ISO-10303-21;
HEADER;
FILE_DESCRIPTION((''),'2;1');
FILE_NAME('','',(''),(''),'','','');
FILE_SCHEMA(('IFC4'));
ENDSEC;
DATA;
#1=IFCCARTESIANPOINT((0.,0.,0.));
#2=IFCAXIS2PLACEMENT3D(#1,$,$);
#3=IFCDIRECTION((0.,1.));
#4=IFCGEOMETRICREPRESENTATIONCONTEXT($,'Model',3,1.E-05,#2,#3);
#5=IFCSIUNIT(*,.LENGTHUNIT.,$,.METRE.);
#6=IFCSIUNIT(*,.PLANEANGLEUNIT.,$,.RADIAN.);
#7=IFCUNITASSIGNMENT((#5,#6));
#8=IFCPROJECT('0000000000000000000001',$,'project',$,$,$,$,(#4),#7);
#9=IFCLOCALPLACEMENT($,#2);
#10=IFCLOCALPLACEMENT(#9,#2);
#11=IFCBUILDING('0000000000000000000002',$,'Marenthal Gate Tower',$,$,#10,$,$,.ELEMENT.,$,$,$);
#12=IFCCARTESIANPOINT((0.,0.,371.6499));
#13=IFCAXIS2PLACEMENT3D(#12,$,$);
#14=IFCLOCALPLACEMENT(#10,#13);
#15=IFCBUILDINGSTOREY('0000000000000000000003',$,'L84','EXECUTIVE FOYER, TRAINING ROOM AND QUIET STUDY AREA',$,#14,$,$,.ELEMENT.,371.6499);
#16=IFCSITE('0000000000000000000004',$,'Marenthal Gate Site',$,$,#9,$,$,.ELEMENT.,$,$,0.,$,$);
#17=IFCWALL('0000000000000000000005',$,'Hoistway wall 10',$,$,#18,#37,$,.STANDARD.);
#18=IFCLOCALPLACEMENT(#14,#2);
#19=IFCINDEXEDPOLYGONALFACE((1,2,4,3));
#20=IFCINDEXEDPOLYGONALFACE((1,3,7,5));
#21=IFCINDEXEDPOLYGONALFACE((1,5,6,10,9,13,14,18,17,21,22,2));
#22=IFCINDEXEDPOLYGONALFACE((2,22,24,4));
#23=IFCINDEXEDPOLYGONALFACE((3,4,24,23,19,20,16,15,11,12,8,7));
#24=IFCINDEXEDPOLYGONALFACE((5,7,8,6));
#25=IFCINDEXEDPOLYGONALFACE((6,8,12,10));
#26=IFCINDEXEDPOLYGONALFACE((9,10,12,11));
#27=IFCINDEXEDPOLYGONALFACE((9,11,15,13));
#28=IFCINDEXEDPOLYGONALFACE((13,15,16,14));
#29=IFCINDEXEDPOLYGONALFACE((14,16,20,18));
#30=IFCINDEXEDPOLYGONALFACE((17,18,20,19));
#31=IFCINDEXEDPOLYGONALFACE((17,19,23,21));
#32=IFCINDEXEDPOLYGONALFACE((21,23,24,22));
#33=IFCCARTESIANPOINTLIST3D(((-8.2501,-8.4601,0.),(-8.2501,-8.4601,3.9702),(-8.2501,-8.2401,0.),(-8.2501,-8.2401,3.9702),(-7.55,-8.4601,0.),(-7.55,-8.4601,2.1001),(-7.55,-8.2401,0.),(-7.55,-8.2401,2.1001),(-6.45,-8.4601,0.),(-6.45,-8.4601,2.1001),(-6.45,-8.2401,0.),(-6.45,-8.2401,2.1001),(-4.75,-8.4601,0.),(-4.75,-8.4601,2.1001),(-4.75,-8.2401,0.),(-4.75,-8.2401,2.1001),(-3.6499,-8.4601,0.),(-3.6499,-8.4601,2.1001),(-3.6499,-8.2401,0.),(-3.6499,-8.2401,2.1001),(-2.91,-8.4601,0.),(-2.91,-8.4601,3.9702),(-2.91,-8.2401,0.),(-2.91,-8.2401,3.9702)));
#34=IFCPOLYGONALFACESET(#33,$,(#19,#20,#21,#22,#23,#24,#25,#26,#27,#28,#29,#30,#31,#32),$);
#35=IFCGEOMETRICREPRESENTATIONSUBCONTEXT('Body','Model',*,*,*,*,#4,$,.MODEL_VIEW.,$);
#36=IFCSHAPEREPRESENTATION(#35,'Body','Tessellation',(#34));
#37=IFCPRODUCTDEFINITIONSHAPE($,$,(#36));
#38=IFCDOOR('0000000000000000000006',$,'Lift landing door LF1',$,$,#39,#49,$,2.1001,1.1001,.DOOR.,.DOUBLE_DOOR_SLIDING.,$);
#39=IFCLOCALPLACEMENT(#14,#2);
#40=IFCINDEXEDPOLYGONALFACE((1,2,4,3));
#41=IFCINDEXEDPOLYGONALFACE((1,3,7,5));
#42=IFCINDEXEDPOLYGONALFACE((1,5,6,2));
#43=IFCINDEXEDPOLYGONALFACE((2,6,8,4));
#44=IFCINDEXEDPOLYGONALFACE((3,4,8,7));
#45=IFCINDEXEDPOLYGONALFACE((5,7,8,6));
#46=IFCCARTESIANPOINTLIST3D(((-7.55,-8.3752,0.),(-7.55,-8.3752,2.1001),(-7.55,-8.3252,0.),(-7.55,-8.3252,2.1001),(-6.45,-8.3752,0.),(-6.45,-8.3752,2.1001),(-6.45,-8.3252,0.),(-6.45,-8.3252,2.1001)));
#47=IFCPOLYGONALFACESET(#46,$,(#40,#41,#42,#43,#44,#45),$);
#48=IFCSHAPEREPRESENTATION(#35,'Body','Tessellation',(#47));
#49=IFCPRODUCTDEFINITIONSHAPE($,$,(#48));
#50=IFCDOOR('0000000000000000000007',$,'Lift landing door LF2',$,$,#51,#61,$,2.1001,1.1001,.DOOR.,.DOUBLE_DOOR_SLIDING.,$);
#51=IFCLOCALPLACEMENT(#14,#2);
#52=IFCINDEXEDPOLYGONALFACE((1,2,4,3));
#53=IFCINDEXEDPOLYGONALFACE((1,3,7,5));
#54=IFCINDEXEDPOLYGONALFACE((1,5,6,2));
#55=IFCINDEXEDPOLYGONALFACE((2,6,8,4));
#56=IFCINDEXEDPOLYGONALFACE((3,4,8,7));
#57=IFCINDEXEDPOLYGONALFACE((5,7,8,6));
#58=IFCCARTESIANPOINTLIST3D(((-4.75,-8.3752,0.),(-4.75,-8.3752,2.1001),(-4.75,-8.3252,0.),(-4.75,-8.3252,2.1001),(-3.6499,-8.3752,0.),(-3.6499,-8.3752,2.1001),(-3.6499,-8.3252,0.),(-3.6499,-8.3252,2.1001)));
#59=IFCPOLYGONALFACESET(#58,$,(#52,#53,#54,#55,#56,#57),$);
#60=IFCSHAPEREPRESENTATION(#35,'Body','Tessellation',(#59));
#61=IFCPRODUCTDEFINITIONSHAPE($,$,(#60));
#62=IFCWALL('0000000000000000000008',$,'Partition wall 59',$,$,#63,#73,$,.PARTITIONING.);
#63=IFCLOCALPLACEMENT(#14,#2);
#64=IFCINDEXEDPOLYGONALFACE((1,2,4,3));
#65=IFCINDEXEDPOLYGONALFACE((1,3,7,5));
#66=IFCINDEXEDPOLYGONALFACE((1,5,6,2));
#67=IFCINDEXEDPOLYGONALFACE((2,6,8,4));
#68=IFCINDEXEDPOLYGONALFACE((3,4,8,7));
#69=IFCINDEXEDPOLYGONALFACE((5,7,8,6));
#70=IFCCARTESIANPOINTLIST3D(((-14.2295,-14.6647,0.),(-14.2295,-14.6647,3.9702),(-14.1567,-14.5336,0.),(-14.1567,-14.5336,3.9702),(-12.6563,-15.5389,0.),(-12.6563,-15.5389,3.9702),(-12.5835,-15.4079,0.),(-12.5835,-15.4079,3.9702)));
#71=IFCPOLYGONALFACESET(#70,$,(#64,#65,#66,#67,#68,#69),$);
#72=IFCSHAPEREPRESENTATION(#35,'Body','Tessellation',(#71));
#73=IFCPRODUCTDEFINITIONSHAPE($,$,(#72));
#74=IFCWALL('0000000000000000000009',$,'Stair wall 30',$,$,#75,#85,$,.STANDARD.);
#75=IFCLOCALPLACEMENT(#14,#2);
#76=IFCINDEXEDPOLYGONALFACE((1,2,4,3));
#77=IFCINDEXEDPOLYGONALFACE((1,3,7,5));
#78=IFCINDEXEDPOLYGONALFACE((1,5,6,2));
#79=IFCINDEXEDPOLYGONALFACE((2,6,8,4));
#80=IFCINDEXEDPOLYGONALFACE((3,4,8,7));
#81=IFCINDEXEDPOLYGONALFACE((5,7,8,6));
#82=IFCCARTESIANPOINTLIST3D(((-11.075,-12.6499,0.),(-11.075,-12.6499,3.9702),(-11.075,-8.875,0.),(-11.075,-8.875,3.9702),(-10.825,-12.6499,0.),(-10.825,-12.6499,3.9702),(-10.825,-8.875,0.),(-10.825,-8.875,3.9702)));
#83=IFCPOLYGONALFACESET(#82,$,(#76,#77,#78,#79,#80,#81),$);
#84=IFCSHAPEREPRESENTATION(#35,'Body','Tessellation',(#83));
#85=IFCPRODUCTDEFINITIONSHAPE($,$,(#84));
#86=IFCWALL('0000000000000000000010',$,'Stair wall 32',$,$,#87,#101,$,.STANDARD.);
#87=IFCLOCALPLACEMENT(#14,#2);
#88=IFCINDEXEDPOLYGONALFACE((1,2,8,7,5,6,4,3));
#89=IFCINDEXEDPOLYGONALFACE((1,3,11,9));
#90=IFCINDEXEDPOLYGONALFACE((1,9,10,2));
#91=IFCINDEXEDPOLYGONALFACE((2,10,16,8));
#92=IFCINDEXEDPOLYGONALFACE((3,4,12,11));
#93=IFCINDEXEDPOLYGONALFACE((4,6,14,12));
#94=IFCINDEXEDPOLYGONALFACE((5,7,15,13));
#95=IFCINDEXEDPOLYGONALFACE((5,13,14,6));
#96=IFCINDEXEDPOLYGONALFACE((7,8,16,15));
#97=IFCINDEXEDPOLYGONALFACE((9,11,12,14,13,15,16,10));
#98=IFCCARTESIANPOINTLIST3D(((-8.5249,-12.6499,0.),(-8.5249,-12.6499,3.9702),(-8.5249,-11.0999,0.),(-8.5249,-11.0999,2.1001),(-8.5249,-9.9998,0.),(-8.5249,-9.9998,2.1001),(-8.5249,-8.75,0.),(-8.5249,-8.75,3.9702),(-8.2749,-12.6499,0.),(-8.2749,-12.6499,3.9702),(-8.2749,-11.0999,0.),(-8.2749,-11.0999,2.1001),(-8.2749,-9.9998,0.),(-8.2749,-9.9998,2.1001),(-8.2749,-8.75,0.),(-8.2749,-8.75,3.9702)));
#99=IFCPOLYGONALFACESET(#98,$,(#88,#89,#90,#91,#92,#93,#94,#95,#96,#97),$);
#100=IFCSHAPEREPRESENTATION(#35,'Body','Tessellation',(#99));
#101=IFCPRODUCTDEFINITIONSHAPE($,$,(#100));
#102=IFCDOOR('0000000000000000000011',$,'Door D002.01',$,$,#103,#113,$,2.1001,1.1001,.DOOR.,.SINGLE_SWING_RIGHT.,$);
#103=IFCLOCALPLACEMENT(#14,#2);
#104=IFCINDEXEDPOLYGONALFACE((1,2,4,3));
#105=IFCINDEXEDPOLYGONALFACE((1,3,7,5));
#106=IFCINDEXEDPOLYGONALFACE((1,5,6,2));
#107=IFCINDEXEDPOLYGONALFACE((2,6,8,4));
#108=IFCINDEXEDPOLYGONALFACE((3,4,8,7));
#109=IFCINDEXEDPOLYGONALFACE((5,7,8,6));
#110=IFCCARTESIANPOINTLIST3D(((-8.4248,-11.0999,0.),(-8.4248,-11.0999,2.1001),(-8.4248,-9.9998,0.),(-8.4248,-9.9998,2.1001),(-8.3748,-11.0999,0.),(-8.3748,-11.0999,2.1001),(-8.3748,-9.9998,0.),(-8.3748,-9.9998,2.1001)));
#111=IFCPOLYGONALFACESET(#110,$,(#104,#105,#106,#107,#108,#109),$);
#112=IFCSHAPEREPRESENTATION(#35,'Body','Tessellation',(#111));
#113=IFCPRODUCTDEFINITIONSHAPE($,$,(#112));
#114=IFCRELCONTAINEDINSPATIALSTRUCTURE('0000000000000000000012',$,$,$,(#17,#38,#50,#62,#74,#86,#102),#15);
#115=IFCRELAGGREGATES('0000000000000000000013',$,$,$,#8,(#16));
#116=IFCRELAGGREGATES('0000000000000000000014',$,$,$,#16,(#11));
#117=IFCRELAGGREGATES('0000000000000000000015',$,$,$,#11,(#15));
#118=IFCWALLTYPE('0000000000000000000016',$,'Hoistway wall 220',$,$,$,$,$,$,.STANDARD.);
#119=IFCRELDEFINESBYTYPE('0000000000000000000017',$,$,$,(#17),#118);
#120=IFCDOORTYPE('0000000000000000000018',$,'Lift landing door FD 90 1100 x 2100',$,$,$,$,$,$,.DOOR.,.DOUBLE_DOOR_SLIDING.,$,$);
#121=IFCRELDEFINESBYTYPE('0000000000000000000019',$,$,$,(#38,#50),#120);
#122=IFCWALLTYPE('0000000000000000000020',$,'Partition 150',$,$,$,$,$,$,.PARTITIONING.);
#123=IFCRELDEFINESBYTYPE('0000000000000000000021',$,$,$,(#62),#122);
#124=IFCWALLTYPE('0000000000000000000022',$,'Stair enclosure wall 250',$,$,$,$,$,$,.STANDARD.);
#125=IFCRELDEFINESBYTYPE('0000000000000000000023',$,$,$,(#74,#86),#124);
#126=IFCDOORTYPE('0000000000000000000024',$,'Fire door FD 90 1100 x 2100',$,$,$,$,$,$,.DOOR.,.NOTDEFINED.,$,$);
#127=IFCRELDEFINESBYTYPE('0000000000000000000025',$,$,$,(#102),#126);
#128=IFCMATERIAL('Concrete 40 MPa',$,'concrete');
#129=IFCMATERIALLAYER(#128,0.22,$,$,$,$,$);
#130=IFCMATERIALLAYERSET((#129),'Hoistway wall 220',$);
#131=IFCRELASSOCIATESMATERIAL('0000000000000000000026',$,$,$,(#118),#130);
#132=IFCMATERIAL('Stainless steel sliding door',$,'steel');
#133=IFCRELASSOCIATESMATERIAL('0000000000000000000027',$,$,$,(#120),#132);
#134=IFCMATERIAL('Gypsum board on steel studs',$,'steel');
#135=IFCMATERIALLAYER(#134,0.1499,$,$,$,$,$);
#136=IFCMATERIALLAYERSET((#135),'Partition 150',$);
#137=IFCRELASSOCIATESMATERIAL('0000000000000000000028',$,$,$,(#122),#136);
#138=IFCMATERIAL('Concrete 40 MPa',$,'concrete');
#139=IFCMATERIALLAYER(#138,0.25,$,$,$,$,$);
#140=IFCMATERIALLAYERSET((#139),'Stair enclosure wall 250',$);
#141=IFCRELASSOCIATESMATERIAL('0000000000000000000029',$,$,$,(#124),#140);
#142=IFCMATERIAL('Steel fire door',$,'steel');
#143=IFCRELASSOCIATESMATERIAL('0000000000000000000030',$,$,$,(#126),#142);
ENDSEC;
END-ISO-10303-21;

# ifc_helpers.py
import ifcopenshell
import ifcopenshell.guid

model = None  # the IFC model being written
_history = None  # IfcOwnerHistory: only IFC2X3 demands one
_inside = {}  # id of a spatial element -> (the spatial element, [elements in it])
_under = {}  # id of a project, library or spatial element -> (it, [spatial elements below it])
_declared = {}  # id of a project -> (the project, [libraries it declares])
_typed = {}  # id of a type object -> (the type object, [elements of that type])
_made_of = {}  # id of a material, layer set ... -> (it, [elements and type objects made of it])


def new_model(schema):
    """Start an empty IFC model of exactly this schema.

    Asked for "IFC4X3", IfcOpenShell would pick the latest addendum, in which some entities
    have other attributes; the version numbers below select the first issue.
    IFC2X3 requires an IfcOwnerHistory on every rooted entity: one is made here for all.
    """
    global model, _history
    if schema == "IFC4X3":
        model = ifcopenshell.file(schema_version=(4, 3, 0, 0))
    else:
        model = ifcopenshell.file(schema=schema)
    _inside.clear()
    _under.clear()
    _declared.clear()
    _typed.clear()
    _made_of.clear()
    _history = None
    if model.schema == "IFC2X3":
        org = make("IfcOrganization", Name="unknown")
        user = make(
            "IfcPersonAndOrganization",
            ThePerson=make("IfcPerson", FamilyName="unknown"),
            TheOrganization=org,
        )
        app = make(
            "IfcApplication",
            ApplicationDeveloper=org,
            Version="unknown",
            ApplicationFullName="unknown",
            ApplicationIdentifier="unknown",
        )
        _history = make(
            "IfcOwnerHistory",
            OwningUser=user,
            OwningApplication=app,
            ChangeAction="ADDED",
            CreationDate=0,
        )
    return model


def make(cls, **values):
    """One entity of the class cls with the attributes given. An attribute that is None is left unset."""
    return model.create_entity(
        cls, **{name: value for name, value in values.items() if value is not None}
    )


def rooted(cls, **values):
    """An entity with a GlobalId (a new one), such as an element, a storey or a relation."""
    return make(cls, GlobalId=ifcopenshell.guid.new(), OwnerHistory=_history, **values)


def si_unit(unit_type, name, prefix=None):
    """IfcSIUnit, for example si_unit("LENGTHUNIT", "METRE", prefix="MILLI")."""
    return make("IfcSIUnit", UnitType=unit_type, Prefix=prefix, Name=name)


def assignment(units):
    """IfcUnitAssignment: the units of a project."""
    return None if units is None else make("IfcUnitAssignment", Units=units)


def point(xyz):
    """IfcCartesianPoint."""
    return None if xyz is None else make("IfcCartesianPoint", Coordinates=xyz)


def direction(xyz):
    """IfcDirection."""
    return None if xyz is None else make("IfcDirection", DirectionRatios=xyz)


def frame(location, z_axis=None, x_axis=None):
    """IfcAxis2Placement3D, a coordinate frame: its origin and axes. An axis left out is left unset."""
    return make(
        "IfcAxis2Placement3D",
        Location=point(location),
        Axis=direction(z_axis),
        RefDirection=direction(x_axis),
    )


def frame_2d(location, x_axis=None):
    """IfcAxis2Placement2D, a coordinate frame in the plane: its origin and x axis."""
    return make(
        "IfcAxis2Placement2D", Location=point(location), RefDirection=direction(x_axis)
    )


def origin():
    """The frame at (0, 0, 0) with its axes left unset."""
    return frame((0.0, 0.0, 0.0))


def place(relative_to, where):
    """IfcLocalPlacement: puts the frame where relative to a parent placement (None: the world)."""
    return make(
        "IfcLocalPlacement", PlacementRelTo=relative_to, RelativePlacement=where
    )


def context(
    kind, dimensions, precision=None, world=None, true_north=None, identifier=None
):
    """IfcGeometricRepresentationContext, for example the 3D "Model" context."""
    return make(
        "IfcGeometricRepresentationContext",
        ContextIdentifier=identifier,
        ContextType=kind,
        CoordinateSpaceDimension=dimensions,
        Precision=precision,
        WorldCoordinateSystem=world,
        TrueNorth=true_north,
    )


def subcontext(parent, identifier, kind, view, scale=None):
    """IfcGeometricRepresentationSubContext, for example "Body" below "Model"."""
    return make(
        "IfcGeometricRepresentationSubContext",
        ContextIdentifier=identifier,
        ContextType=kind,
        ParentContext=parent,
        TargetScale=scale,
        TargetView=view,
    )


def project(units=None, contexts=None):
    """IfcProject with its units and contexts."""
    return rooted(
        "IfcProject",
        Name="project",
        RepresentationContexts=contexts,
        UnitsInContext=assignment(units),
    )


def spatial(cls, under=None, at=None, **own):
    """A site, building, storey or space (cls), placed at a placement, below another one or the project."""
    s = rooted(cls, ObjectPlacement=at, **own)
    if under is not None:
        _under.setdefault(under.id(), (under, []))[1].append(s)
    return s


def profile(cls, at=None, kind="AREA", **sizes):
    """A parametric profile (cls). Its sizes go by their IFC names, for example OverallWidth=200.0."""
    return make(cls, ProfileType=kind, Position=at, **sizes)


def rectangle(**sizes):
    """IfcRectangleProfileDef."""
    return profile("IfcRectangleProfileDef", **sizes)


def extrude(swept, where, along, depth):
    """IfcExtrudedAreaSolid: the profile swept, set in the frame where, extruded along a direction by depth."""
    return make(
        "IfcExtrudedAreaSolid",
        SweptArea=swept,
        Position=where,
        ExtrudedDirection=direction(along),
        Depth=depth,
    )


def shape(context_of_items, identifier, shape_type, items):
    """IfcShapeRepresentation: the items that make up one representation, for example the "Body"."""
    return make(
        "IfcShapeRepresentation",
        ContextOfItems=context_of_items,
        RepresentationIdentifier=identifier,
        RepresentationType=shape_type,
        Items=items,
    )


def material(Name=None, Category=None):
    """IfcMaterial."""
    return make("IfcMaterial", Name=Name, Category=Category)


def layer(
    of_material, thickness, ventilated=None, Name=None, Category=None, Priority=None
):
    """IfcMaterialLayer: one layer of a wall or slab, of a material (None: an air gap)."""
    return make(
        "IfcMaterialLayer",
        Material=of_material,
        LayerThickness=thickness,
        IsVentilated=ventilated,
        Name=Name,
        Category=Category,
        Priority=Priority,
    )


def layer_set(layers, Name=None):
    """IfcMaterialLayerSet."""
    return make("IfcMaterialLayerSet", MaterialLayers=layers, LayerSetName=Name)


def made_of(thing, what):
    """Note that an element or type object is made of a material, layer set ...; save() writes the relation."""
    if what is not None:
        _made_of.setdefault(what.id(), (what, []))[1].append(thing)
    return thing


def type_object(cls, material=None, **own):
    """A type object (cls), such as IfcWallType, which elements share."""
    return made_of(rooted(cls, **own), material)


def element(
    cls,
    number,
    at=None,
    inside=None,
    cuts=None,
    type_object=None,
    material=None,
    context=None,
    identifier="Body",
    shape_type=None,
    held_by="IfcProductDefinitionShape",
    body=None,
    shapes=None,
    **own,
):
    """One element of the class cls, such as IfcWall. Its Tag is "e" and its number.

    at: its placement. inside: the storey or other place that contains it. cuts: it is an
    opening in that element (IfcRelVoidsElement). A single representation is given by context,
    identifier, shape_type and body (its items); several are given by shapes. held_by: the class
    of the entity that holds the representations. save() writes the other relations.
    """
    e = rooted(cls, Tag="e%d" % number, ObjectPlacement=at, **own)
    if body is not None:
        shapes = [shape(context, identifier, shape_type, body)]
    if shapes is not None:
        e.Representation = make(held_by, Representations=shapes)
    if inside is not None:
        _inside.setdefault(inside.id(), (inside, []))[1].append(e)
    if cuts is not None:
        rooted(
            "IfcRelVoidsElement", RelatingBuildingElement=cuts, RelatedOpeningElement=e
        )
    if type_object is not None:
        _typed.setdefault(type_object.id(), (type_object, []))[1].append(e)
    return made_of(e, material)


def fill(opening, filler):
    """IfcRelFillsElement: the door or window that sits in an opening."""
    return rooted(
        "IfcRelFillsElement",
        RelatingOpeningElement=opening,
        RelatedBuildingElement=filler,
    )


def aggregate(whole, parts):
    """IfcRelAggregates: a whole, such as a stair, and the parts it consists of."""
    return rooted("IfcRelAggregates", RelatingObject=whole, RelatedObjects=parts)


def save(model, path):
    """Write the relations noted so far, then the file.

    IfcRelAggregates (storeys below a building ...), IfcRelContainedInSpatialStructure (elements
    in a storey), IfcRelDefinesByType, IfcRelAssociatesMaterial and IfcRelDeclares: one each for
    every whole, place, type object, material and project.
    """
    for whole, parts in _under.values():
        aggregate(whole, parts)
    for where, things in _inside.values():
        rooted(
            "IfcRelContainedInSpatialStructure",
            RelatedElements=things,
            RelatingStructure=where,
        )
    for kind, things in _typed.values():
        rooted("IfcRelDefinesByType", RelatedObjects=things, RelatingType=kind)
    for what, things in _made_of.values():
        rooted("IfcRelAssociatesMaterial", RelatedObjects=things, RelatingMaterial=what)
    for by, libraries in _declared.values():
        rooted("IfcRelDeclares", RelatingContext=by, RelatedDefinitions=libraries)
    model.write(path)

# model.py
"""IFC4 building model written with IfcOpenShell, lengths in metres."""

from ifc_helpers import new_model, si_unit, direction, frame, frame_2d, origin, place, context, subcontext, project, spatial, rectangle, extrude, material, layer, layer_set, type_object, element, fill, save


model = new_model("IFC4")

# Units and contexts
model_context = context("Model", 3, precision=1e-05, world=origin(), true_north=direction((0.0, 1.0)))
body_context = subcontext(model_context, "Body", "Model", "MODEL_VIEW")
ifc_project = project(units=[si_unit("LENGTHUNIT", "METRE"), si_unit("PLANEANGLEUNIT", "RADIAN")], contexts=[model_context])

# Site, building, storey
site_placement = place(None, origin())
site = spatial("IfcSite", under=ifc_project, at=site_placement, Name="Marenthal Gate Site", CompositionType="ELEMENT", RefElevation=0.0)
building_placement = place(site_placement, origin())
building = spatial("IfcBuilding", under=site, at=building_placement, Name="Marenthal Gate Tower", CompositionType="ELEMENT")
storey_placement = place(building_placement, frame((0.0, 0.0, 371.6499)))
storey = spatial("IfcBuildingStorey", under=building, at=storey_placement, Name="L84", Description="EXECUTIVE FOYER, TRAINING ROOM AND QUIET STUDY AREA", CompositionType="ELEMENT", Elevation=371.6499)

# Wall, openings, doors
ifc_material_1 = material(Name="Concrete 40 MPa", Category="concrete")
ifc_layer_1 = layer(ifc_material_1, 0.22)
ifc_layer_set_1 = layer_set([ifc_layer_1], Name="Hoistway wall 220")
wall_type_1 = type_object("IfcWallType", Name="Hoistway wall 220", PredefinedType="STANDARD", material=ifc_layer_set_1)
wall_1_placement = place(storey_placement, frame((-8.25, -8.3501, 0.0), z_axis=(0.0, 0.0, 1.0), x_axis=(1.0, 0.0, 0.0)))
wall_1 = element("IfcWall", 1, at=wall_1_placement, inside=storey, type_object=wall_type_1, Name="Hoistway wall 10", PredefinedType="STANDARD", context=body_context, shape_type="SweptSolid", body=[
    extrude(rectangle(XDim=5.3401, YDim=0.22, at=frame_2d((2.6699, 0.0))), origin(), (0.0, 0.0, 1.0), 3.9702),
])
opening_1_placement = place(wall_1_placement, frame((0.7, 0.0, 0.0)))
opening_1 = element("IfcOpeningElement", 2, at=opening_1_placement, cuts=wall_1, PredefinedType="OPENING", context=body_context, shape_type="SweptSolid", body=[
    extrude(rectangle(XDim=1.1001, YDim=2.1001, at=frame_2d((0.55, 1.05))), frame((0.0, 0.1201, 0.0), z_axis=(0.0, -1.0, 0.0), x_axis=(1.0, 0.0, 0.0)), (0.0, 0.0, 1.0), 0.24),
])
opening_2_placement = place(wall_1_placement, frame((3.5, 0.0, 0.0)))
opening_2 = element("IfcOpeningElement", 3, at=opening_2_placement, cuts=wall_1, PredefinedType="OPENING", context=body_context, shape_type="SweptSolid", body=[
    extrude(rectangle(XDim=1.1001, YDim=2.1001, at=frame_2d((0.55, 1.05))), frame((0.0, 0.1201, 0.0), z_axis=(0.0, -1.0, 0.0), x_axis=(1.0, 0.0, 0.0)), (0.0, 0.0, 1.0), 0.24),
])
ifc_material_2 = material(Name="Stainless steel sliding door", Category="steel")
door_type_1 = type_object("IfcDoorType", Name="Lift landing door FD 90 1100 x 2100", OperationType="DOUBLE_DOOR_SLIDING", PredefinedType="DOOR", material=ifc_material_2)
door_1_placement = place(opening_1_placement, origin())
door_1 = element("IfcDoor", 4, at=door_1_placement, inside=storey, type_object=door_type_1, Name="Lift landing door LF1", OperationType="DOUBLE_DOOR_SLIDING", OverallHeight=2.1001, OverallWidth=1.1001, PredefinedType="DOOR", context=body_context, shape_type="SweptSolid", body=[
    extrude(rectangle(XDim=1.1001, YDim=2.1001, at=frame_2d((0.55, 1.05))), frame((0.0, 0.0249, 0.0), z_axis=(0.0, -1.0, 0.0), x_axis=(1.0, 0.0, 0.0)), (0.0, 0.0, 1.0), 0.05),
])
fill(opening_1, door_1)
door_2_placement = place(opening_2_placement, origin())
door_2 = element("IfcDoor", 5, at=door_2_placement, inside=storey, type_object=door_type_1, Name="Lift landing door LF2", OperationType="DOUBLE_DOOR_SLIDING", OverallHeight=2.1001, OverallWidth=1.1001, PredefinedType="DOOR", context=body_context, shape_type="SweptSolid", body=[
    extrude(rectangle(XDim=1.1001, YDim=2.1001, at=frame_2d((0.55, 1.05))), frame((0.0, 0.0249, 0.0), z_axis=(0.0, -1.0, 0.0), x_axis=(1.0, 0.0, 0.0)), (0.0, 0.0, 1.0), 0.05),
])
fill(opening_2, door_2)

# Walls
ifc_material_3 = material(Name="Gypsum board on steel studs", Category="steel")
ifc_layer_2 = layer(ifc_material_3, 0.1499)
ifc_layer_set_2 = layer_set([ifc_layer_2], Name="Partition 150")
wall_type_2 = type_object("IfcWallType", Name="Partition 150", PredefinedType="PARTITIONING", material=ifc_layer_set_2)
wall_2_placement = place(storey_placement, frame((-12.6199, -15.4734, 0.0), z_axis=(0.0, 0.0, 1.0), x_axis=(-0.8741, 0.485747, 0.0)))
element("IfcWall", 6, at=wall_2_placement, inside=storey, type_object=wall_type_2, Name="Partition wall 59", PredefinedType="PARTITIONING", context=body_context, shape_type="SweptSolid", body=[
    extrude(rectangle(XDim=1.7998, YDim=0.1499, at=frame_2d((0.8999, 0.0))), origin(), (0.0, 0.0, 1.0), 3.9702),
])
ifc_material_4 = material(Name="Concrete 40 MPa", Category="concrete")
ifc_layer_3 = layer(ifc_material_4, 0.25)
ifc_layer_set_3 = layer_set([ifc_layer_3], Name="Stair enclosure wall 250")
wall_type_3 = type_object("IfcWallType", Name="Stair enclosure wall 250", PredefinedType="STANDARD", material=ifc_layer_set_3)
wall_3_placement = place(storey_placement, frame((-10.95, -12.6499, 0.0), z_axis=(0.0, 0.0, 1.0), x_axis=(0.0, 1.0, 0.0)))
element("IfcWall", 7, at=wall_3_placement, inside=storey, type_object=wall_type_3, Name="Stair wall 30", PredefinedType="STANDARD", context=body_context, shape_type="SweptSolid", body=[
    extrude(rectangle(XDim=3.7749, YDim=0.25, at=frame_2d((1.8875, 0.0))), origin(), (0.0, 0.0, 1.0), 3.9702),
])

# Wall, opening, door
wall_4_placement = place(storey_placement, frame((-8.3999, -12.6499, 0.0), z_axis=(0.0, 0.0, 1.0), x_axis=(0.0, 1.0, 0.0)))
wall_4 = element("IfcWall", 8, at=wall_4_placement, inside=storey, type_object=wall_type_3, Name="Stair wall 32", PredefinedType="STANDARD", context=body_context, shape_type="SweptSolid", body=[
    extrude(rectangle(XDim=3.8999, YDim=0.25, at=frame_2d((1.95, 0.0))), origin(), (0.0, 0.0, 1.0), 3.9702),
])
opening_3_placement = place(wall_4_placement, frame((1.55, 0.0, 0.0)))
opening_3 = element("IfcOpeningElement", 9, at=opening_3_placement, cuts=wall_4, PredefinedType="OPENING", context=body_context, shape_type="SweptSolid", body=[
    extrude(rectangle(XDim=1.1001, YDim=2.1001, at=frame_2d((0.55, 1.05))), frame((0.0, 0.135, 0.0), z_axis=(0.0, -1.0, 0.0), x_axis=(1.0, 0.0, 0.0)), (0.0, 0.0, 1.0), 0.27),
])
ifc_material_5 = material(Name="Steel fire door", Category="steel")
door_type_2 = type_object("IfcDoorType", Name="Fire door FD 90 1100 x 2100", OperationType="NOTDEFINED", PredefinedType="DOOR", material=ifc_material_5)
door_3_placement = place(opening_3_placement, origin())
door_3 = element("IfcDoor", 10, at=door_3_placement, inside=storey, type_object=door_type_2, Name="Door D002.01", OperationType="SINGLE_SWING_RIGHT", OverallHeight=2.1001, OverallWidth=1.1001, PredefinedType="DOOR", context=body_context, shape_type="SweptSolid", body=[
    extrude(rectangle(XDim=1.1001, YDim=2.1001, at=frame_2d((0.55, 1.05))), frame((0.0, 0.0249, 0.0), z_axis=(0.0, -1.0, 0.0), x_axis=(1.0, 0.0, 0.0)), (0.0, 0.0, 1.0), 0.05),
])
fill(opening_3, door_3)

save(model, "model.ifc")
